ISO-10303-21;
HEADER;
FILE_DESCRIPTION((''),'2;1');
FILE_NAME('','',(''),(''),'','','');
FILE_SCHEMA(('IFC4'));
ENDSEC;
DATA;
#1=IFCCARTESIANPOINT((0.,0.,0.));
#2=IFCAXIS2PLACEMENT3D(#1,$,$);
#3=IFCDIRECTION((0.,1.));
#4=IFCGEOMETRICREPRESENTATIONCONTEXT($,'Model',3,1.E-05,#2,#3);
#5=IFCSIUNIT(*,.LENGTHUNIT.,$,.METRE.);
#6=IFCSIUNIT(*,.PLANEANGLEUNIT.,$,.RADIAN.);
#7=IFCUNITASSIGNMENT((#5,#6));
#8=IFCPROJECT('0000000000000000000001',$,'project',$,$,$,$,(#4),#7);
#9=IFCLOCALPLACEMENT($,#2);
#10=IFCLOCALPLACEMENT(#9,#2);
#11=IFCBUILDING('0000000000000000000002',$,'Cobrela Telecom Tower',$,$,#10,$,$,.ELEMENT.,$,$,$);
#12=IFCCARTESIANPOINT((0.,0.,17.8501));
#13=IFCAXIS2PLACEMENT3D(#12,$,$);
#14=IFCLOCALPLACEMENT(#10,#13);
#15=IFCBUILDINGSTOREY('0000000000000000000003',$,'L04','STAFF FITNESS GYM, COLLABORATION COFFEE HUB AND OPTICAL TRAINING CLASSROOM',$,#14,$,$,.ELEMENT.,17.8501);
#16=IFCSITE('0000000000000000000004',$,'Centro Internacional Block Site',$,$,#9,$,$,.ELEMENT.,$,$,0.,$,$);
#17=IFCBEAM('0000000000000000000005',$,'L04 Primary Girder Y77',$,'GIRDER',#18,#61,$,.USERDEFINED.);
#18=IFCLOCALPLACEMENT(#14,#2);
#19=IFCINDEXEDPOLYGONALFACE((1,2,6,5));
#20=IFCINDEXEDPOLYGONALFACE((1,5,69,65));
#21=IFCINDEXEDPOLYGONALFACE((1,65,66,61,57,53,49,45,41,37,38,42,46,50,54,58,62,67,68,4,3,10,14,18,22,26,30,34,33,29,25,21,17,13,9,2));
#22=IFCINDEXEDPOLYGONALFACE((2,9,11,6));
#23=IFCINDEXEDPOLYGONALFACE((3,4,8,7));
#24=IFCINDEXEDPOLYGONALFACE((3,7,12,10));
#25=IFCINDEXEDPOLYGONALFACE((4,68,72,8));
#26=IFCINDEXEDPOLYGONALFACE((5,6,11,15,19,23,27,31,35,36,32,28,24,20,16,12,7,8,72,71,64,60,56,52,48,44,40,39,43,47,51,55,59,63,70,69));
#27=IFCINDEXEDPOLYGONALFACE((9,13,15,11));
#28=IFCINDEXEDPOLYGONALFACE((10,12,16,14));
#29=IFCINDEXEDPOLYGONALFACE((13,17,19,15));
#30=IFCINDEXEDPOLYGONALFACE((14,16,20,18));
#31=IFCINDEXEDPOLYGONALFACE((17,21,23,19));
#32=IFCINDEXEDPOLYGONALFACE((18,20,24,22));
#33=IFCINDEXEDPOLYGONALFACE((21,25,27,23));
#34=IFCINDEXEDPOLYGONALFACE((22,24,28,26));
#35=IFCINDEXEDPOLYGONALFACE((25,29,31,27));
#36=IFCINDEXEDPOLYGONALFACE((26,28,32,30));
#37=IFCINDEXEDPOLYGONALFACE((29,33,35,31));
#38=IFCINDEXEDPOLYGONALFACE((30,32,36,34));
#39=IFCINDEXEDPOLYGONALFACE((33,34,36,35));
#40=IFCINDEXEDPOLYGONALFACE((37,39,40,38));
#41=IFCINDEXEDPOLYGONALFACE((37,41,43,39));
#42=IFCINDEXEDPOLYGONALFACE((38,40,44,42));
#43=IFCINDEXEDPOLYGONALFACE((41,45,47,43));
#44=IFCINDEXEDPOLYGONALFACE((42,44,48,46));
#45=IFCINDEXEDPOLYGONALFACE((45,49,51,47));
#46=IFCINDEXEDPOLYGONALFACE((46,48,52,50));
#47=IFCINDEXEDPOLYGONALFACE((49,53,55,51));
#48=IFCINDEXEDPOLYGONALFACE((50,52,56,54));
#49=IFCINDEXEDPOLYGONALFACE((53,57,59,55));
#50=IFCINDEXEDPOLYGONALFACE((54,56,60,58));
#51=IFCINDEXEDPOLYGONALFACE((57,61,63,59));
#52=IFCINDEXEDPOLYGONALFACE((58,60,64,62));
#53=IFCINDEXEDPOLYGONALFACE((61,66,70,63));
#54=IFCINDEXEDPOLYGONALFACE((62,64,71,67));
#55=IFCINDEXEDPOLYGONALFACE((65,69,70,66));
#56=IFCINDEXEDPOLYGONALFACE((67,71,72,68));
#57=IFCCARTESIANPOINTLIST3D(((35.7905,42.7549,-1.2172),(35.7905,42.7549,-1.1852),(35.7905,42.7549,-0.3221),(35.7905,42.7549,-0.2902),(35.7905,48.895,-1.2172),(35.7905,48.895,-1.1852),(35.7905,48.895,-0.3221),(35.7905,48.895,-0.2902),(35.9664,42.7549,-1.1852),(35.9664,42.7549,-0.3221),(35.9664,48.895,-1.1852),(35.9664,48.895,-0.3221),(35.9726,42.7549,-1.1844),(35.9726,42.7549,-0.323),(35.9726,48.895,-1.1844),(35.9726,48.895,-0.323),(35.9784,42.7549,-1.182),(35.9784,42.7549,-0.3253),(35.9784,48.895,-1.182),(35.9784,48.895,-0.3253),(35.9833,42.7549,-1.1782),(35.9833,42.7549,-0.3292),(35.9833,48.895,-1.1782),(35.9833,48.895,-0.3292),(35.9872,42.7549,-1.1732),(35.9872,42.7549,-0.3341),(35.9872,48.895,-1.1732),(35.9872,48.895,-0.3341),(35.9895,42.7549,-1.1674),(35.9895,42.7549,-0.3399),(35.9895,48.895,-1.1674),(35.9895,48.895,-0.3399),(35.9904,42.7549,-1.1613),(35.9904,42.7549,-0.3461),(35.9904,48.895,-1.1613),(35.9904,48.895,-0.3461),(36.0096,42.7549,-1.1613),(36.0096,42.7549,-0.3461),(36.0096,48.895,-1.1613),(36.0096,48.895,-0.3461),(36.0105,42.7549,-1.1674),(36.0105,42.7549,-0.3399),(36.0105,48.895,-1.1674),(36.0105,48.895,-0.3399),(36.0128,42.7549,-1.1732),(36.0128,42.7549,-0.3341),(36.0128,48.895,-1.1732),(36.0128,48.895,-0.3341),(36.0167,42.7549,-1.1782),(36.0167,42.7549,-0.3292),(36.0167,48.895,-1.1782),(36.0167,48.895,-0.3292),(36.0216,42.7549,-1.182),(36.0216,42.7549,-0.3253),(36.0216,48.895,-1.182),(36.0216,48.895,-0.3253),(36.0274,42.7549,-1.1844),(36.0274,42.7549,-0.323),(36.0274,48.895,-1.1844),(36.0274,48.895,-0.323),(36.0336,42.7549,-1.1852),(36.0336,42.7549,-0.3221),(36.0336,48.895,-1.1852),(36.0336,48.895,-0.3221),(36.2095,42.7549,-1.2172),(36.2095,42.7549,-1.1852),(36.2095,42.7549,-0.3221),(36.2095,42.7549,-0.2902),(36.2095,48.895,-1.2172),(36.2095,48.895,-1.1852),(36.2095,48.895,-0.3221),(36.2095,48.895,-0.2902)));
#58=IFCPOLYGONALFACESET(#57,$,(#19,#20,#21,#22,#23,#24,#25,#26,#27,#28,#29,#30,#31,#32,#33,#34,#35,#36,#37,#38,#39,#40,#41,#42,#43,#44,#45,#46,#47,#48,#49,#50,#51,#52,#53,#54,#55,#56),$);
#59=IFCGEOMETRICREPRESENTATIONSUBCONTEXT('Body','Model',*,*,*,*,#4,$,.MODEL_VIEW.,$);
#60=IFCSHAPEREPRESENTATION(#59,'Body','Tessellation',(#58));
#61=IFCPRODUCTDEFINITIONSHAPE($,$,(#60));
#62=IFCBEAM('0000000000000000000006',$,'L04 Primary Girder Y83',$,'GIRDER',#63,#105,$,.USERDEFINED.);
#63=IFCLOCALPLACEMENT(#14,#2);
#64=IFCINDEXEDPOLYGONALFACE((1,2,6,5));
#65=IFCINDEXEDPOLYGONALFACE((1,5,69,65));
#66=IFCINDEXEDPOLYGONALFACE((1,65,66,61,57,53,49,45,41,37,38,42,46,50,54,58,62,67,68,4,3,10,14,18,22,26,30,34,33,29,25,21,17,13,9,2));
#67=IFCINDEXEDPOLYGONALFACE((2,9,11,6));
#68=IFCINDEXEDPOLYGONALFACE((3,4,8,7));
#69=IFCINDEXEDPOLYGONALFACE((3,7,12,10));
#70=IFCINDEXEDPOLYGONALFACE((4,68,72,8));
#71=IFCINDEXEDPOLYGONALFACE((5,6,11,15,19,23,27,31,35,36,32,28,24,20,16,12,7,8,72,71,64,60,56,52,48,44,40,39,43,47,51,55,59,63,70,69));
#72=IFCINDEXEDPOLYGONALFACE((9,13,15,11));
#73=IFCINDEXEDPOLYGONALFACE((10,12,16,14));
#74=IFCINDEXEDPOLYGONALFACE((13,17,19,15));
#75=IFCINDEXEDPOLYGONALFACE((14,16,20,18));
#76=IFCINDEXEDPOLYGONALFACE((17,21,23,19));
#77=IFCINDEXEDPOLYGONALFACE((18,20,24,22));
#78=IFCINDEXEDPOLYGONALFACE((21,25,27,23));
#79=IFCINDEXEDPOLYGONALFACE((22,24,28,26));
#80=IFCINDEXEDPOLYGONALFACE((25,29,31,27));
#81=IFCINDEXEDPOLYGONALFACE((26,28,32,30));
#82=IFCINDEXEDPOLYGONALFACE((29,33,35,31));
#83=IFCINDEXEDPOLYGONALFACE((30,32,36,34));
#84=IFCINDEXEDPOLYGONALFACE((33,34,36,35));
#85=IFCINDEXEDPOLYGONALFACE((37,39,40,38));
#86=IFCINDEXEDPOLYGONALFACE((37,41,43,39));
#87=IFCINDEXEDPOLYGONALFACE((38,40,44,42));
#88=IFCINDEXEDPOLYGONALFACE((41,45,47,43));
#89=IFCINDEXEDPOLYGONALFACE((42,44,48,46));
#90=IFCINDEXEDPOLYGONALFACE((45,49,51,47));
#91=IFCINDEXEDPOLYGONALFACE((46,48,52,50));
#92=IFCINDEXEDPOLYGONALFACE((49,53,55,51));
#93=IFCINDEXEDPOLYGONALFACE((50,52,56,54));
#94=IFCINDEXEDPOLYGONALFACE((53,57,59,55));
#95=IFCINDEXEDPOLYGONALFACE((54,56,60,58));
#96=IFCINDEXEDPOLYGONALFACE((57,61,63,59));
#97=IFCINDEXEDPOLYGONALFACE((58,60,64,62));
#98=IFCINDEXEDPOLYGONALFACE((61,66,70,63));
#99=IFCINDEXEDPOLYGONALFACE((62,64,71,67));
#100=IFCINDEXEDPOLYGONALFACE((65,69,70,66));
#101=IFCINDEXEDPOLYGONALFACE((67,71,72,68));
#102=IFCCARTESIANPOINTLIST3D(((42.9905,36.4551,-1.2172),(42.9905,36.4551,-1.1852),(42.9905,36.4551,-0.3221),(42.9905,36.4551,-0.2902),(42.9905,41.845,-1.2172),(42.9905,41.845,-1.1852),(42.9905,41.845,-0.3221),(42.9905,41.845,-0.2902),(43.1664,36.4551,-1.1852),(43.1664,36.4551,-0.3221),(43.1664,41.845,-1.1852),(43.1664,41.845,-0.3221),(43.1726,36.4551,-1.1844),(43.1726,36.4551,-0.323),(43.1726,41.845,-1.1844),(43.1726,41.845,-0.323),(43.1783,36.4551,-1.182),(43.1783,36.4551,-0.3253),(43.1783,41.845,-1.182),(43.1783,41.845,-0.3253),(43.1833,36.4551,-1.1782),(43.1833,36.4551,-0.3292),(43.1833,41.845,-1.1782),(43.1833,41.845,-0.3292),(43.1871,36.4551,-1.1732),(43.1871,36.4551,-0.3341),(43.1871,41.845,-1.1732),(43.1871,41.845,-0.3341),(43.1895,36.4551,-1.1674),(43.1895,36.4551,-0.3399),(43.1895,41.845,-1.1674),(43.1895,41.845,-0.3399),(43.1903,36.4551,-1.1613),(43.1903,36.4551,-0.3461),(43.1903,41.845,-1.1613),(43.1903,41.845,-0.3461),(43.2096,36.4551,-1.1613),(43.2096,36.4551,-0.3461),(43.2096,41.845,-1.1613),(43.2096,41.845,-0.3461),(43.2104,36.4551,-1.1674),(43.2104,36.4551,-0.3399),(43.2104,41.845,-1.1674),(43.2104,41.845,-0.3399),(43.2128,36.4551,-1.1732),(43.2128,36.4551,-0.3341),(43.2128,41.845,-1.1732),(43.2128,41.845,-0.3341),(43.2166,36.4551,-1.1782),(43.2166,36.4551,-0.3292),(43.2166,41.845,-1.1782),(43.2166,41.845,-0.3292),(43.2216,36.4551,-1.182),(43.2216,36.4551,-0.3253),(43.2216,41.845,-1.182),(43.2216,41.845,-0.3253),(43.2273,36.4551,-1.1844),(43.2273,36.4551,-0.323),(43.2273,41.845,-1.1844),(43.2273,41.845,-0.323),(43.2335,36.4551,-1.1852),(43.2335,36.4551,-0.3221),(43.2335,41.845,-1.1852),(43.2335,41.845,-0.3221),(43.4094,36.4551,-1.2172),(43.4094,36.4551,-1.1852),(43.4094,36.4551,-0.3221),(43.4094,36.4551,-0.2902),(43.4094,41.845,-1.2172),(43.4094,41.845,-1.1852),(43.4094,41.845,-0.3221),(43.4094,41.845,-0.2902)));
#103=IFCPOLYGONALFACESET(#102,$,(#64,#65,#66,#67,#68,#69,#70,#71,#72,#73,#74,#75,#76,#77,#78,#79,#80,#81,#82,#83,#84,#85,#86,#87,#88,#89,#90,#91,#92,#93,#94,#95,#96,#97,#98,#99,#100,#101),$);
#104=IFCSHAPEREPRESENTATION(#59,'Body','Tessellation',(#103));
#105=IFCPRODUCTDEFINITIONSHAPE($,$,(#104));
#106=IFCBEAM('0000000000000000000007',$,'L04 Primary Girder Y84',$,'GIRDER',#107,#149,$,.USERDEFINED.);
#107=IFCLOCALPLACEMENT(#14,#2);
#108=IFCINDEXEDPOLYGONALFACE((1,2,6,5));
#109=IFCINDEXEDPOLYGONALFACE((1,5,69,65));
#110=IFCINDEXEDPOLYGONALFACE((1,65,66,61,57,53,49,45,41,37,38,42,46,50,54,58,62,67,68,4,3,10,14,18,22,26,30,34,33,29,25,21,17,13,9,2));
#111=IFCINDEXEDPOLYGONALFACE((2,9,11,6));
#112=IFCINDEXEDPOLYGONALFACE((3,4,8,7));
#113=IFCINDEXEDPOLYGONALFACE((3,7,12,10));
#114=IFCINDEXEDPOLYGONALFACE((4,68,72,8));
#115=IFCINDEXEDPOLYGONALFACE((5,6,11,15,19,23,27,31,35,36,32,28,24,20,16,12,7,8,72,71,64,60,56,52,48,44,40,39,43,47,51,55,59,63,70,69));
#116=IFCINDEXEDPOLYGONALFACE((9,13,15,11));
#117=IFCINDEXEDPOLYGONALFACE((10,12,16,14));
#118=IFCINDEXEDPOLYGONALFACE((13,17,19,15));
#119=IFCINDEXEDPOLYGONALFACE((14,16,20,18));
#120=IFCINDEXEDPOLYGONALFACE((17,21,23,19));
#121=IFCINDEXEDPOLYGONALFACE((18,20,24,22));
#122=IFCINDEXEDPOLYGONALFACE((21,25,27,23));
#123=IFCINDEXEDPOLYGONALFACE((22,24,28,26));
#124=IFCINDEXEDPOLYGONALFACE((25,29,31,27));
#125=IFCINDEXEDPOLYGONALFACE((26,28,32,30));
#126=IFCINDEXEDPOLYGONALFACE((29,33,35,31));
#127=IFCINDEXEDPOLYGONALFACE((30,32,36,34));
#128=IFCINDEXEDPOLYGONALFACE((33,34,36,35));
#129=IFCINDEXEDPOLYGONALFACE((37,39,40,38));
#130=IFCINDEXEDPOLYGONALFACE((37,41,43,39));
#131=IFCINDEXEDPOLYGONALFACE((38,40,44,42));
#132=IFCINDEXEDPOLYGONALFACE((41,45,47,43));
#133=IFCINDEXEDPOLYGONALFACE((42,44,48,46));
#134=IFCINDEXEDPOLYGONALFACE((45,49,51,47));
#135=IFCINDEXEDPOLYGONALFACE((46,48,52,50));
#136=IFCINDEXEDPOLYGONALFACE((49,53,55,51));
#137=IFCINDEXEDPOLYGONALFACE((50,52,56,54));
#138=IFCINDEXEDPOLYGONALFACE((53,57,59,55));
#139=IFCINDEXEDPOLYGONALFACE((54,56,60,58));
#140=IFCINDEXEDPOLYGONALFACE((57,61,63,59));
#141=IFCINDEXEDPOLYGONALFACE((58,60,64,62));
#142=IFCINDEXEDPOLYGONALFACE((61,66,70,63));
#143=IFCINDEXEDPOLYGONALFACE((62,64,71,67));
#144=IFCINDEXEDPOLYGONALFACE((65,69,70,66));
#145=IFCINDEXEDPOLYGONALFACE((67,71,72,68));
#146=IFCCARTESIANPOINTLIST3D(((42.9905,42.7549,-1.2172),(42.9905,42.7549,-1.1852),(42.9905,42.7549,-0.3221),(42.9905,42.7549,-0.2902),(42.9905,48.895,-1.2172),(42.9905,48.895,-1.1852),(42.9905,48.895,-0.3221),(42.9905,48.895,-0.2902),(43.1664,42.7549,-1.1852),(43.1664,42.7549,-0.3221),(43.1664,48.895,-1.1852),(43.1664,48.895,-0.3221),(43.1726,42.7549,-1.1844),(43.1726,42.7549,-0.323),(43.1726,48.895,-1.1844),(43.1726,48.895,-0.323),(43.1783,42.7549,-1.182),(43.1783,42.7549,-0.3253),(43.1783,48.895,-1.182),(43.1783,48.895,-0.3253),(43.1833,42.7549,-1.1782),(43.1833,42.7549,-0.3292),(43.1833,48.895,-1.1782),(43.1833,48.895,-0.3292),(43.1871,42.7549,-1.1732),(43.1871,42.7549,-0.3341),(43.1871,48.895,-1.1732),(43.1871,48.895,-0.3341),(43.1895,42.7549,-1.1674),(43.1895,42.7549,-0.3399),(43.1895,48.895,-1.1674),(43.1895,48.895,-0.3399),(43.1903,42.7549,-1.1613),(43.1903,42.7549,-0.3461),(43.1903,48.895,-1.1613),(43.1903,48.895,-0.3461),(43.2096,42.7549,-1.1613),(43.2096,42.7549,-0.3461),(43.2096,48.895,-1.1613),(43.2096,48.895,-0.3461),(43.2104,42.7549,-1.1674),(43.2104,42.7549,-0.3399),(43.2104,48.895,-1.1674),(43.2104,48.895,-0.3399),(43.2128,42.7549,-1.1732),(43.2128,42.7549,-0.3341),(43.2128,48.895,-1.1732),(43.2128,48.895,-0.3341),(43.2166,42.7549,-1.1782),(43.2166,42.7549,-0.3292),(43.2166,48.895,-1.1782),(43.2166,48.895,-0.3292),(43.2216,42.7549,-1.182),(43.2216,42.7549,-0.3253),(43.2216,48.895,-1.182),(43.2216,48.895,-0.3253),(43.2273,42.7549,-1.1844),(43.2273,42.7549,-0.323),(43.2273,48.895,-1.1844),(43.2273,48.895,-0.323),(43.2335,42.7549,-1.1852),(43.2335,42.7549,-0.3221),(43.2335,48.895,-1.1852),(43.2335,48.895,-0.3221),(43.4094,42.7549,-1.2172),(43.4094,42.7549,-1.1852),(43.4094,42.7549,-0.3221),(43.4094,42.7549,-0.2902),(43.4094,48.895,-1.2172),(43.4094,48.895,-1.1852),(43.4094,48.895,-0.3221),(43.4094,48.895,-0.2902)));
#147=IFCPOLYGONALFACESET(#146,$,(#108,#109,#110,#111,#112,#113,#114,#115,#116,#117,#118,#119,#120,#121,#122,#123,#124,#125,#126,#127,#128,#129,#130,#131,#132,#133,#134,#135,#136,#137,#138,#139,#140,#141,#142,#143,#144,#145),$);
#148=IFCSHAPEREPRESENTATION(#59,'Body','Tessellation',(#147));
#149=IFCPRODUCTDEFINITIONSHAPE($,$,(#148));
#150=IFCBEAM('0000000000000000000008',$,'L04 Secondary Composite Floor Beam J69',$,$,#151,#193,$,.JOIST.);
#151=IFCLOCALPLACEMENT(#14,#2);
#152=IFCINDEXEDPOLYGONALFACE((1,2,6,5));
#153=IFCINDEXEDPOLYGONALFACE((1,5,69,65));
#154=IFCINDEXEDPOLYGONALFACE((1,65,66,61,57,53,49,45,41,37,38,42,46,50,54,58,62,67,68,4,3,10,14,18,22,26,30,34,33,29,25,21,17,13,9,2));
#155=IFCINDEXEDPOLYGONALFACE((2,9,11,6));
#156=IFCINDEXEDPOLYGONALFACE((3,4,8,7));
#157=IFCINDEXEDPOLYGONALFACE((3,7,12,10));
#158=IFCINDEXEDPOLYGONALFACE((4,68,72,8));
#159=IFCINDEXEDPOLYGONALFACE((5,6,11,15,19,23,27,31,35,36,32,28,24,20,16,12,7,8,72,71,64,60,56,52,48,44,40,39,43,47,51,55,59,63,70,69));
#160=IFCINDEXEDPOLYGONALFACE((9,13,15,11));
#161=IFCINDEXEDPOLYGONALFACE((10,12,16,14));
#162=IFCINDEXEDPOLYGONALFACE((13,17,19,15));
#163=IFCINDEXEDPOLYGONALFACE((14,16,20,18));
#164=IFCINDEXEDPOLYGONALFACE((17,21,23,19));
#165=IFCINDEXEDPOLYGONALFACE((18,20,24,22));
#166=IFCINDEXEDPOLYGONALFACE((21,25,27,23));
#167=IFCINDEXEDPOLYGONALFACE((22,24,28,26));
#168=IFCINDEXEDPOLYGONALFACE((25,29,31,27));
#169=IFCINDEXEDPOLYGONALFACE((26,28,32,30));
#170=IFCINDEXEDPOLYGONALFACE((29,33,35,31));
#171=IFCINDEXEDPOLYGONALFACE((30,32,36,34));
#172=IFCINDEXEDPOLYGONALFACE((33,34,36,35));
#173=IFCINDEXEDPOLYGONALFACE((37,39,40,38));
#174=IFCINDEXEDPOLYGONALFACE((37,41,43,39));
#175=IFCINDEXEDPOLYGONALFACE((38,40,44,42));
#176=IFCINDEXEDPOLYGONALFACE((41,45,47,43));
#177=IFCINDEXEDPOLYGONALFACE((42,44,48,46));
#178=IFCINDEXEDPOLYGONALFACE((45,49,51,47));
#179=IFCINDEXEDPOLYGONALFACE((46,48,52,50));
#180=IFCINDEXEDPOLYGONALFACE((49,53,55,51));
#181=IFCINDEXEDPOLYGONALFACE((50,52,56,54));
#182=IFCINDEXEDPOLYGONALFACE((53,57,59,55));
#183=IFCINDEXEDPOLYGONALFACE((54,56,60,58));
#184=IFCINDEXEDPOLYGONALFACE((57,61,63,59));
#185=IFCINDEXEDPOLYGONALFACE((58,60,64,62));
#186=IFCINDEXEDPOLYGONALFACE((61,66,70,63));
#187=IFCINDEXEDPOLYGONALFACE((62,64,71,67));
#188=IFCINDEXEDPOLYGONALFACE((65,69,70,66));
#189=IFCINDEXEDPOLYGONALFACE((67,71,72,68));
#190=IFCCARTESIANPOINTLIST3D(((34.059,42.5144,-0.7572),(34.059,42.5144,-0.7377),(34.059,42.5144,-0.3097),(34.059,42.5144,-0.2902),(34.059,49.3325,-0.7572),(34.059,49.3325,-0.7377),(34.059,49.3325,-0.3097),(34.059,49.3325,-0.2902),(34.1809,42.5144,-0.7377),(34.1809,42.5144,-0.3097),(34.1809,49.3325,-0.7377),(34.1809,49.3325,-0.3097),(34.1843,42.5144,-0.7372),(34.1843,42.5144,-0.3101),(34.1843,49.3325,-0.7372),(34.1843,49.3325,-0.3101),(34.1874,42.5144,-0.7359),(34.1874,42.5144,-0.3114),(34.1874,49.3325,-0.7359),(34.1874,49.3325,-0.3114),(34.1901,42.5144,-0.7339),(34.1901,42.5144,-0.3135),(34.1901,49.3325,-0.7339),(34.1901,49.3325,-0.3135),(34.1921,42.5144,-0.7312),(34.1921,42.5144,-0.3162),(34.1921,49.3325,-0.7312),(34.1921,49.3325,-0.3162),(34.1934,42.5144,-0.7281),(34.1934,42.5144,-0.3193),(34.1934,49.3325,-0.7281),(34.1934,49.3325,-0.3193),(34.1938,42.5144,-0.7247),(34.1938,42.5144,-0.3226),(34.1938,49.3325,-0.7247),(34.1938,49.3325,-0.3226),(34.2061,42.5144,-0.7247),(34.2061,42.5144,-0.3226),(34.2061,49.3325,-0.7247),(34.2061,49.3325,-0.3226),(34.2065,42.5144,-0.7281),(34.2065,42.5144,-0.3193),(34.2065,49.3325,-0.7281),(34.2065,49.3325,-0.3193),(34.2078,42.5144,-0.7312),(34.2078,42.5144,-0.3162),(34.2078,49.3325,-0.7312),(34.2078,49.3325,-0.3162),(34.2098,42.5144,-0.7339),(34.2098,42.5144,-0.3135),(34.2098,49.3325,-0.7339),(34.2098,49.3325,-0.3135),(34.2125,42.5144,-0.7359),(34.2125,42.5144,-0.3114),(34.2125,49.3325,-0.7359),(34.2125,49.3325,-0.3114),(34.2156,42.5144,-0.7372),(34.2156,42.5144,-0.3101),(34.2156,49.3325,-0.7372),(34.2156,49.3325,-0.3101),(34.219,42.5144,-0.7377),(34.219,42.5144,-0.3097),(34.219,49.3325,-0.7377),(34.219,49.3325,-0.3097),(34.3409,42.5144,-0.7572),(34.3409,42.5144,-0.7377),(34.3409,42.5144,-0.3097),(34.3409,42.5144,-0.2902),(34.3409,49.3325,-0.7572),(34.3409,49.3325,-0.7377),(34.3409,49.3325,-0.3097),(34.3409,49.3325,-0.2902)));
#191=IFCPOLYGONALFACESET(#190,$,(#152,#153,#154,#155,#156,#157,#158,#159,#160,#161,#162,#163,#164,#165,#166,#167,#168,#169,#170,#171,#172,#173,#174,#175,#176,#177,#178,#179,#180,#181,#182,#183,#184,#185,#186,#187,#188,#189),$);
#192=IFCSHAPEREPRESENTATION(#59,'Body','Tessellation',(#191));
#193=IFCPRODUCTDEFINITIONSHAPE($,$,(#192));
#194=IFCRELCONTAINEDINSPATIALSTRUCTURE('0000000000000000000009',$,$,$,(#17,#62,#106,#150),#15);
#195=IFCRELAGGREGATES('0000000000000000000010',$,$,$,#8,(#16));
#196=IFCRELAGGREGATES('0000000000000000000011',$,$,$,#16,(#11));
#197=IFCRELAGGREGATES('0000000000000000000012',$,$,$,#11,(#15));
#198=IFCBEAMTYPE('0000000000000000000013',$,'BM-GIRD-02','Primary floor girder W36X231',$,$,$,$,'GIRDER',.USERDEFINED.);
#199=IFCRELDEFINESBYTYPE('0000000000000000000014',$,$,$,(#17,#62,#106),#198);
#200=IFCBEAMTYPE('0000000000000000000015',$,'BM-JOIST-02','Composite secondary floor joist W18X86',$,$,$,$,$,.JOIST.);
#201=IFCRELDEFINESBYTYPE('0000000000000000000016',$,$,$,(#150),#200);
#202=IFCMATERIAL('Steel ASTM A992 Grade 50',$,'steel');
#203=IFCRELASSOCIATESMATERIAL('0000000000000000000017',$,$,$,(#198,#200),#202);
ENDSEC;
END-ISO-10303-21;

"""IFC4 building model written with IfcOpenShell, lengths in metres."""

from ifc_helpers import new_model, si_unit, direction, frame, origin, origin_2d, place, context, subcontext, project, spatial, i_section, extrude, material, material_profile, profile_set, type_object, element, save


model = new_model("IFC4")

# Units and contexts
model_context = context("Model", 3, precision=1e-05, world=origin(), true_north=direction((0.0, 1.0)))
body_context = subcontext(model_context, "Body", "Model", "MODEL_VIEW")
ifc_project = project(units=[si_unit("LENGTHUNIT", "METRE"), si_unit("PLANEANGLEUNIT", "RADIAN")], contexts=[model_context])

# Site, building, storey
site_placement = place(None, origin())
site = spatial("IfcSite", under=ifc_project, at=site_placement, Name="Centro Internacional Block Site", CompositionType="ELEMENT", RefElevation=0.0)
building_placement = place(site_placement, origin())
building = spatial("IfcBuilding", under=site, at=building_placement, Name="Cobrela Telecom Tower", CompositionType="ELEMENT")
storey_placement = place(building_placement, frame((0.0, 0.0, 17.8501)))
storey = spatial("IfcBuildingStorey", under=building, at=storey_placement, Name="L04", Description="STAFF FITNESS GYM, COLLABORATION COFFEE HUB AND OPTICAL TRAINING CLASSROOM", CompositionType="ELEMENT", Elevation=17.8501)

# Beams
ifc_material_1 = material(Name="Steel ASTM A992 Grade 50", Category="steel")
ifc_material_profile_1 = material_profile(ifc_material_1, i_section(OverallWidth=0.4189, OverallDepth=0.927, WebThickness=0.0193, FlangeThickness=0.032, FilletRadius=0.0239, at=origin_2d()), Name="W36X231")
ifc_profile_set_1 = profile_set([ifc_material_profile_1], Name="Steel ASTM A992 Grade 50")
beam_type_1 = type_object("IfcBeamType", Name="BM-GIRD-02", Description="Primary floor girder W36X231", ElementType="GIRDER", PredefinedType="USERDEFINED", material=ifc_profile_set_1)
beam_1_placement = place(storey_placement, frame((36.0, 42.7549, -0.7537), z_axis=(0.0, 1.0, 0.0), x_axis=(-1.0, 0.0, 0.0)))
element("IfcBeam", 1, at=beam_1_placement, inside=storey, type_object=beam_type_1, Name="L04 Primary Girder Y77", ObjectType="GIRDER", PredefinedType="USERDEFINED", context=body_context, shape_type="SweptSolid", body=[
    extrude(i_section(OverallWidth=0.4189, OverallDepth=0.927, WebThickness=0.0193, FlangeThickness=0.032, FilletRadius=0.0239, at=origin_2d()), origin(), (0.0, 0.0, 1.0), 6.1401),
])
beam_2_placement = place(storey_placement, frame((43.2, 36.4551, -0.7537), z_axis=(0.0, 1.0, 0.0), x_axis=(-1.0, 0.0, 0.0)))
element("IfcBeam", 2, at=beam_2_placement, inside=storey, type_object=beam_type_1, Name="L04 Primary Girder Y83", ObjectType="GIRDER", PredefinedType="USERDEFINED", context=body_context, shape_type="SweptSolid", body=[
    extrude(i_section(OverallWidth=0.4189, OverallDepth=0.927, WebThickness=0.0193, FlangeThickness=0.032, FilletRadius=0.0239, at=origin_2d()), origin(), (0.0, 0.0, 1.0), 5.3899),
])
beam_3_placement = place(storey_placement, frame((43.2, 42.7549, -0.7537), z_axis=(0.0, 1.0, 0.0), x_axis=(-1.0, 0.0, 0.0)))
element("IfcBeam", 3, at=beam_3_placement, inside=storey, type_object=beam_type_1, Name="L04 Primary Girder Y84", ObjectType="GIRDER", PredefinedType="USERDEFINED", context=body_context, shape_type="SweptSolid", body=[
    extrude(i_section(OverallWidth=0.4189, OverallDepth=0.927, WebThickness=0.0193, FlangeThickness=0.032, FilletRadius=0.0239, at=origin_2d()), origin(), (0.0, 0.0, 1.0), 6.1401),
])
ifc_material_profile_2 = material_profile(ifc_material_1, i_section(OverallWidth=0.282, OverallDepth=0.467, WebThickness=0.0122, FlangeThickness=0.0195, FilletRadius=0.0129, at=origin_2d()), Name="W18X86")
ifc_profile_set_2 = profile_set([ifc_material_profile_2], Name="Steel ASTM A992 Grade 50")
beam_type_2 = type_object("IfcBeamType", Name="BM-JOIST-02", Description="Composite secondary floor joist W18X86", PredefinedType="JOIST", material=ifc_profile_set_2)
for number, where, z_axis, x_axis, name in (
    (4, (34.2, 42.5144, -0.5237), (0.0, 1.0, 0.0), (-1.0, 0.0, 0.0), "L04 Secondary Composite Floor Beam J69"),
):
    element("IfcBeam", number, at=place(storey_placement, frame(where, z_axis=z_axis, x_axis=x_axis)), inside=storey, type_object=beam_type_2, Name=name, PredefinedType="JOIST", context=body_context, shape_type="SweptSolid", body=[
        extrude(i_section(OverallWidth=0.282, OverallDepth=0.467, WebThickness=0.0122, FlangeThickness=0.0195, FilletRadius=0.0129, at=origin_2d()), origin(), (0.0, 0.0, 1.0), 6.8181),
    ])

save(model, "model.ifc")
